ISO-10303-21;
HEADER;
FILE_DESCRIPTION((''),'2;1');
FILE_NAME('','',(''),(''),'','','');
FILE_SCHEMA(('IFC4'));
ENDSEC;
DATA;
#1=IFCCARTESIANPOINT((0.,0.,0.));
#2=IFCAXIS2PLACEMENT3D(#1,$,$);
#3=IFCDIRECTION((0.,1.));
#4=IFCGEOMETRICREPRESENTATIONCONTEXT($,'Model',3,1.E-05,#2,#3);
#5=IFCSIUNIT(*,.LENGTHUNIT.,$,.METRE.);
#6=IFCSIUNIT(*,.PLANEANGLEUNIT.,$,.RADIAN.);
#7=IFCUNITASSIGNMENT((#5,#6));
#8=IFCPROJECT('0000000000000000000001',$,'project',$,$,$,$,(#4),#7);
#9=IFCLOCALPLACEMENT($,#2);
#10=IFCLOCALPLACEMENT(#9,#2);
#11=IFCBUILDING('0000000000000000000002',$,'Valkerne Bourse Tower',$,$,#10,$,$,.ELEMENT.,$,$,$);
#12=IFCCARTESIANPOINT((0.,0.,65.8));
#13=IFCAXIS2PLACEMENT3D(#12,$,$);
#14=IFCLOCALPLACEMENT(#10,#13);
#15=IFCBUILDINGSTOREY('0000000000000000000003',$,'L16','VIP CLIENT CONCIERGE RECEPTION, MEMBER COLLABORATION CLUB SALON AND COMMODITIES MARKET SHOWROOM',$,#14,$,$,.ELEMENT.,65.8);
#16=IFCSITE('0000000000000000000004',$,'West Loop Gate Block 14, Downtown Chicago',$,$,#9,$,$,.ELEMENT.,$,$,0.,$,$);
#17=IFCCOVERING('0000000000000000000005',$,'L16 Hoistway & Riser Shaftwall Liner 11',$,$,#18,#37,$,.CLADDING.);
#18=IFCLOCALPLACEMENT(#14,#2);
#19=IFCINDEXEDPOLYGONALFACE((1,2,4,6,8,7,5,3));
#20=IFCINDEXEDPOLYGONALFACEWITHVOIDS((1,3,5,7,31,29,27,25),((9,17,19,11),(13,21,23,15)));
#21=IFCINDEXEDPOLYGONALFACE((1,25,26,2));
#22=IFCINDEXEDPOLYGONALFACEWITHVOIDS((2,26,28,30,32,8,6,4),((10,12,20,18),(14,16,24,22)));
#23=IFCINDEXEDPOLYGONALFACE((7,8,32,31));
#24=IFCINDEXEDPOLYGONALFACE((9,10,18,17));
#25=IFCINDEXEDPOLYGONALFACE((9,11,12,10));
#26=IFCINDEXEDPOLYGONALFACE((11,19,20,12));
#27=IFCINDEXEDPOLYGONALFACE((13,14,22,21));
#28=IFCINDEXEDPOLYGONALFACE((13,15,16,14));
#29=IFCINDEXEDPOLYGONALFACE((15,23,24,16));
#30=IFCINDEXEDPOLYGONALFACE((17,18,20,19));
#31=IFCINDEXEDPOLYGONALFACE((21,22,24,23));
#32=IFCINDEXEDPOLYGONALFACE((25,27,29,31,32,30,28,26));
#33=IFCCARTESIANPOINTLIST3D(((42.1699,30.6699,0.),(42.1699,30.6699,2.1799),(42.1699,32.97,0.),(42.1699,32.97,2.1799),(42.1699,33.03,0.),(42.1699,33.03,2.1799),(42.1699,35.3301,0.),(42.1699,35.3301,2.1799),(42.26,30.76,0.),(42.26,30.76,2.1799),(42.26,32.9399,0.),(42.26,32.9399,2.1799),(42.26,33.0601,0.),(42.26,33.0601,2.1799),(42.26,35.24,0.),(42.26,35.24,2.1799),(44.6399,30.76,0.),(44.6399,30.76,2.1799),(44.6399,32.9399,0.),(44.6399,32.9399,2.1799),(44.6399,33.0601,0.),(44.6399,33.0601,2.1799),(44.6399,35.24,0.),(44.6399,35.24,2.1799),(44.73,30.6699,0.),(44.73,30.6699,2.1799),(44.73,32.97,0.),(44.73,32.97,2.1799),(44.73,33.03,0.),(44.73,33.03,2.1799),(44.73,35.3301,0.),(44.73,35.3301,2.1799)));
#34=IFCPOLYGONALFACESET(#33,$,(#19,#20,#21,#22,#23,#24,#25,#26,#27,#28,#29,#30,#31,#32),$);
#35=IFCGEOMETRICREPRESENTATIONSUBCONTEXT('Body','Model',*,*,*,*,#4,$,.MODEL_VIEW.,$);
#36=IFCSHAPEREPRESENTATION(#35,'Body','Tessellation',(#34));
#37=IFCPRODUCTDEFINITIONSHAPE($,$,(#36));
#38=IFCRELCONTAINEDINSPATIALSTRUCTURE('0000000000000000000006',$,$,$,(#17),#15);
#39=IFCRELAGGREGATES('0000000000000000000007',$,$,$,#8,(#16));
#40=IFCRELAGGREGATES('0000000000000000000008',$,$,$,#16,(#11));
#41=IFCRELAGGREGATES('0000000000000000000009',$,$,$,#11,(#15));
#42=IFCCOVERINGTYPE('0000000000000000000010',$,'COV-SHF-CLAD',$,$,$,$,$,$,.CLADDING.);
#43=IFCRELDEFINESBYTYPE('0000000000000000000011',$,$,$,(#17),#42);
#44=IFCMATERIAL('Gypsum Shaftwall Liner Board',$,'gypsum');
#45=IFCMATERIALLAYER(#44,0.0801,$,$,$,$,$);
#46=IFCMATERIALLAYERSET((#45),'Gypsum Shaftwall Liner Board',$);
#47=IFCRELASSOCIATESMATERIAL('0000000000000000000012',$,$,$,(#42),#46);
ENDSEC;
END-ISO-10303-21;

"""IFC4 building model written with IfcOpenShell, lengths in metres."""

from ifc_helpers import new_model, si_unit, direction, frame, origin, place, context, subcontext, project, spatial, polyline, outline, extrude, material, layer, layer_set, type_object, element, save


model = new_model("IFC4")

# Units and contexts
model_context = context("Model", 3, precision=1e-05, world=origin(), true_north=direction((0.0, 1.0)))
body_context = subcontext(model_context, "Body", "Model", "MODEL_VIEW")
ifc_project = project(units=[si_unit("LENGTHUNIT", "METRE"), si_unit("PLANEANGLEUNIT", "RADIAN")], contexts=[model_context])

# Site, building, storey
site_placement = place(None, origin())
site = spatial("IfcSite", under=ifc_project, at=site_placement, Name="West Loop Gate Block 14, Downtown Chicago", CompositionType="ELEMENT", RefElevation=0.0)
building_placement = place(site_placement, origin())
building = spatial("IfcBuilding", under=site, at=building_placement, Name="Valkerne Bourse Tower", CompositionType="ELEMENT")
storey_placement = place(building_placement, frame((0.0, 0.0, 65.8)))
storey = spatial("IfcBuildingStorey", under=building, at=storey_placement, Name="L16", Description="VIP CLIENT CONCIERGE RECEPTION, MEMBER COLLABORATION CLUB SALON AND COMMODITIES MARKET SHOWROOM", CompositionType="ELEMENT", Elevation=65.8)

# Covering
ifc_material_1 = material(Name="Gypsum Shaftwall Liner Board", Category="gypsum")
ifc_layer_1 = layer(ifc_material_1, 0.0801)
ifc_layer_set_1 = layer_set([ifc_layer_1], Name="Gypsum Shaftwall Liner Board")
covering_type_1 = type_object("IfcCoveringType", Name="COV-SHF-CLAD", PredefinedType="CLADDING", material=ifc_layer_set_1)
covering_1_placement = place(storey_placement, origin())
element("IfcCovering", 1, at=covering_1_placement, inside=storey, type_object=covering_type_1, Name="L16 Hoistway & Riser Shaftwall Liner 11", PredefinedType="CLADDING", context=body_context, shape_type="SweptSolid", body=[
    extrude(outline(polyline([(44.73, 35.3301), (44.73, 33.03), (44.73, 32.97), (44.73, 30.6699), (42.1699, 30.6699), (42.1699, 32.97), (42.1699, 33.03), (42.1699, 35.3301), (44.73, 35.3301)]), holes=[polyline([(42.26, 30.76), (44.6399, 30.76), (44.6399, 32.9399), (42.26, 32.9399), (42.26, 30.76)]), polyline([(42.26, 33.0601), (44.6399, 33.0601), (44.6399, 35.24), (42.26, 35.24), (42.26, 33.0601)])]), origin(), (0.0, 0.0, 1.0), 2.1799),
])

save(model, "model.ifc")
